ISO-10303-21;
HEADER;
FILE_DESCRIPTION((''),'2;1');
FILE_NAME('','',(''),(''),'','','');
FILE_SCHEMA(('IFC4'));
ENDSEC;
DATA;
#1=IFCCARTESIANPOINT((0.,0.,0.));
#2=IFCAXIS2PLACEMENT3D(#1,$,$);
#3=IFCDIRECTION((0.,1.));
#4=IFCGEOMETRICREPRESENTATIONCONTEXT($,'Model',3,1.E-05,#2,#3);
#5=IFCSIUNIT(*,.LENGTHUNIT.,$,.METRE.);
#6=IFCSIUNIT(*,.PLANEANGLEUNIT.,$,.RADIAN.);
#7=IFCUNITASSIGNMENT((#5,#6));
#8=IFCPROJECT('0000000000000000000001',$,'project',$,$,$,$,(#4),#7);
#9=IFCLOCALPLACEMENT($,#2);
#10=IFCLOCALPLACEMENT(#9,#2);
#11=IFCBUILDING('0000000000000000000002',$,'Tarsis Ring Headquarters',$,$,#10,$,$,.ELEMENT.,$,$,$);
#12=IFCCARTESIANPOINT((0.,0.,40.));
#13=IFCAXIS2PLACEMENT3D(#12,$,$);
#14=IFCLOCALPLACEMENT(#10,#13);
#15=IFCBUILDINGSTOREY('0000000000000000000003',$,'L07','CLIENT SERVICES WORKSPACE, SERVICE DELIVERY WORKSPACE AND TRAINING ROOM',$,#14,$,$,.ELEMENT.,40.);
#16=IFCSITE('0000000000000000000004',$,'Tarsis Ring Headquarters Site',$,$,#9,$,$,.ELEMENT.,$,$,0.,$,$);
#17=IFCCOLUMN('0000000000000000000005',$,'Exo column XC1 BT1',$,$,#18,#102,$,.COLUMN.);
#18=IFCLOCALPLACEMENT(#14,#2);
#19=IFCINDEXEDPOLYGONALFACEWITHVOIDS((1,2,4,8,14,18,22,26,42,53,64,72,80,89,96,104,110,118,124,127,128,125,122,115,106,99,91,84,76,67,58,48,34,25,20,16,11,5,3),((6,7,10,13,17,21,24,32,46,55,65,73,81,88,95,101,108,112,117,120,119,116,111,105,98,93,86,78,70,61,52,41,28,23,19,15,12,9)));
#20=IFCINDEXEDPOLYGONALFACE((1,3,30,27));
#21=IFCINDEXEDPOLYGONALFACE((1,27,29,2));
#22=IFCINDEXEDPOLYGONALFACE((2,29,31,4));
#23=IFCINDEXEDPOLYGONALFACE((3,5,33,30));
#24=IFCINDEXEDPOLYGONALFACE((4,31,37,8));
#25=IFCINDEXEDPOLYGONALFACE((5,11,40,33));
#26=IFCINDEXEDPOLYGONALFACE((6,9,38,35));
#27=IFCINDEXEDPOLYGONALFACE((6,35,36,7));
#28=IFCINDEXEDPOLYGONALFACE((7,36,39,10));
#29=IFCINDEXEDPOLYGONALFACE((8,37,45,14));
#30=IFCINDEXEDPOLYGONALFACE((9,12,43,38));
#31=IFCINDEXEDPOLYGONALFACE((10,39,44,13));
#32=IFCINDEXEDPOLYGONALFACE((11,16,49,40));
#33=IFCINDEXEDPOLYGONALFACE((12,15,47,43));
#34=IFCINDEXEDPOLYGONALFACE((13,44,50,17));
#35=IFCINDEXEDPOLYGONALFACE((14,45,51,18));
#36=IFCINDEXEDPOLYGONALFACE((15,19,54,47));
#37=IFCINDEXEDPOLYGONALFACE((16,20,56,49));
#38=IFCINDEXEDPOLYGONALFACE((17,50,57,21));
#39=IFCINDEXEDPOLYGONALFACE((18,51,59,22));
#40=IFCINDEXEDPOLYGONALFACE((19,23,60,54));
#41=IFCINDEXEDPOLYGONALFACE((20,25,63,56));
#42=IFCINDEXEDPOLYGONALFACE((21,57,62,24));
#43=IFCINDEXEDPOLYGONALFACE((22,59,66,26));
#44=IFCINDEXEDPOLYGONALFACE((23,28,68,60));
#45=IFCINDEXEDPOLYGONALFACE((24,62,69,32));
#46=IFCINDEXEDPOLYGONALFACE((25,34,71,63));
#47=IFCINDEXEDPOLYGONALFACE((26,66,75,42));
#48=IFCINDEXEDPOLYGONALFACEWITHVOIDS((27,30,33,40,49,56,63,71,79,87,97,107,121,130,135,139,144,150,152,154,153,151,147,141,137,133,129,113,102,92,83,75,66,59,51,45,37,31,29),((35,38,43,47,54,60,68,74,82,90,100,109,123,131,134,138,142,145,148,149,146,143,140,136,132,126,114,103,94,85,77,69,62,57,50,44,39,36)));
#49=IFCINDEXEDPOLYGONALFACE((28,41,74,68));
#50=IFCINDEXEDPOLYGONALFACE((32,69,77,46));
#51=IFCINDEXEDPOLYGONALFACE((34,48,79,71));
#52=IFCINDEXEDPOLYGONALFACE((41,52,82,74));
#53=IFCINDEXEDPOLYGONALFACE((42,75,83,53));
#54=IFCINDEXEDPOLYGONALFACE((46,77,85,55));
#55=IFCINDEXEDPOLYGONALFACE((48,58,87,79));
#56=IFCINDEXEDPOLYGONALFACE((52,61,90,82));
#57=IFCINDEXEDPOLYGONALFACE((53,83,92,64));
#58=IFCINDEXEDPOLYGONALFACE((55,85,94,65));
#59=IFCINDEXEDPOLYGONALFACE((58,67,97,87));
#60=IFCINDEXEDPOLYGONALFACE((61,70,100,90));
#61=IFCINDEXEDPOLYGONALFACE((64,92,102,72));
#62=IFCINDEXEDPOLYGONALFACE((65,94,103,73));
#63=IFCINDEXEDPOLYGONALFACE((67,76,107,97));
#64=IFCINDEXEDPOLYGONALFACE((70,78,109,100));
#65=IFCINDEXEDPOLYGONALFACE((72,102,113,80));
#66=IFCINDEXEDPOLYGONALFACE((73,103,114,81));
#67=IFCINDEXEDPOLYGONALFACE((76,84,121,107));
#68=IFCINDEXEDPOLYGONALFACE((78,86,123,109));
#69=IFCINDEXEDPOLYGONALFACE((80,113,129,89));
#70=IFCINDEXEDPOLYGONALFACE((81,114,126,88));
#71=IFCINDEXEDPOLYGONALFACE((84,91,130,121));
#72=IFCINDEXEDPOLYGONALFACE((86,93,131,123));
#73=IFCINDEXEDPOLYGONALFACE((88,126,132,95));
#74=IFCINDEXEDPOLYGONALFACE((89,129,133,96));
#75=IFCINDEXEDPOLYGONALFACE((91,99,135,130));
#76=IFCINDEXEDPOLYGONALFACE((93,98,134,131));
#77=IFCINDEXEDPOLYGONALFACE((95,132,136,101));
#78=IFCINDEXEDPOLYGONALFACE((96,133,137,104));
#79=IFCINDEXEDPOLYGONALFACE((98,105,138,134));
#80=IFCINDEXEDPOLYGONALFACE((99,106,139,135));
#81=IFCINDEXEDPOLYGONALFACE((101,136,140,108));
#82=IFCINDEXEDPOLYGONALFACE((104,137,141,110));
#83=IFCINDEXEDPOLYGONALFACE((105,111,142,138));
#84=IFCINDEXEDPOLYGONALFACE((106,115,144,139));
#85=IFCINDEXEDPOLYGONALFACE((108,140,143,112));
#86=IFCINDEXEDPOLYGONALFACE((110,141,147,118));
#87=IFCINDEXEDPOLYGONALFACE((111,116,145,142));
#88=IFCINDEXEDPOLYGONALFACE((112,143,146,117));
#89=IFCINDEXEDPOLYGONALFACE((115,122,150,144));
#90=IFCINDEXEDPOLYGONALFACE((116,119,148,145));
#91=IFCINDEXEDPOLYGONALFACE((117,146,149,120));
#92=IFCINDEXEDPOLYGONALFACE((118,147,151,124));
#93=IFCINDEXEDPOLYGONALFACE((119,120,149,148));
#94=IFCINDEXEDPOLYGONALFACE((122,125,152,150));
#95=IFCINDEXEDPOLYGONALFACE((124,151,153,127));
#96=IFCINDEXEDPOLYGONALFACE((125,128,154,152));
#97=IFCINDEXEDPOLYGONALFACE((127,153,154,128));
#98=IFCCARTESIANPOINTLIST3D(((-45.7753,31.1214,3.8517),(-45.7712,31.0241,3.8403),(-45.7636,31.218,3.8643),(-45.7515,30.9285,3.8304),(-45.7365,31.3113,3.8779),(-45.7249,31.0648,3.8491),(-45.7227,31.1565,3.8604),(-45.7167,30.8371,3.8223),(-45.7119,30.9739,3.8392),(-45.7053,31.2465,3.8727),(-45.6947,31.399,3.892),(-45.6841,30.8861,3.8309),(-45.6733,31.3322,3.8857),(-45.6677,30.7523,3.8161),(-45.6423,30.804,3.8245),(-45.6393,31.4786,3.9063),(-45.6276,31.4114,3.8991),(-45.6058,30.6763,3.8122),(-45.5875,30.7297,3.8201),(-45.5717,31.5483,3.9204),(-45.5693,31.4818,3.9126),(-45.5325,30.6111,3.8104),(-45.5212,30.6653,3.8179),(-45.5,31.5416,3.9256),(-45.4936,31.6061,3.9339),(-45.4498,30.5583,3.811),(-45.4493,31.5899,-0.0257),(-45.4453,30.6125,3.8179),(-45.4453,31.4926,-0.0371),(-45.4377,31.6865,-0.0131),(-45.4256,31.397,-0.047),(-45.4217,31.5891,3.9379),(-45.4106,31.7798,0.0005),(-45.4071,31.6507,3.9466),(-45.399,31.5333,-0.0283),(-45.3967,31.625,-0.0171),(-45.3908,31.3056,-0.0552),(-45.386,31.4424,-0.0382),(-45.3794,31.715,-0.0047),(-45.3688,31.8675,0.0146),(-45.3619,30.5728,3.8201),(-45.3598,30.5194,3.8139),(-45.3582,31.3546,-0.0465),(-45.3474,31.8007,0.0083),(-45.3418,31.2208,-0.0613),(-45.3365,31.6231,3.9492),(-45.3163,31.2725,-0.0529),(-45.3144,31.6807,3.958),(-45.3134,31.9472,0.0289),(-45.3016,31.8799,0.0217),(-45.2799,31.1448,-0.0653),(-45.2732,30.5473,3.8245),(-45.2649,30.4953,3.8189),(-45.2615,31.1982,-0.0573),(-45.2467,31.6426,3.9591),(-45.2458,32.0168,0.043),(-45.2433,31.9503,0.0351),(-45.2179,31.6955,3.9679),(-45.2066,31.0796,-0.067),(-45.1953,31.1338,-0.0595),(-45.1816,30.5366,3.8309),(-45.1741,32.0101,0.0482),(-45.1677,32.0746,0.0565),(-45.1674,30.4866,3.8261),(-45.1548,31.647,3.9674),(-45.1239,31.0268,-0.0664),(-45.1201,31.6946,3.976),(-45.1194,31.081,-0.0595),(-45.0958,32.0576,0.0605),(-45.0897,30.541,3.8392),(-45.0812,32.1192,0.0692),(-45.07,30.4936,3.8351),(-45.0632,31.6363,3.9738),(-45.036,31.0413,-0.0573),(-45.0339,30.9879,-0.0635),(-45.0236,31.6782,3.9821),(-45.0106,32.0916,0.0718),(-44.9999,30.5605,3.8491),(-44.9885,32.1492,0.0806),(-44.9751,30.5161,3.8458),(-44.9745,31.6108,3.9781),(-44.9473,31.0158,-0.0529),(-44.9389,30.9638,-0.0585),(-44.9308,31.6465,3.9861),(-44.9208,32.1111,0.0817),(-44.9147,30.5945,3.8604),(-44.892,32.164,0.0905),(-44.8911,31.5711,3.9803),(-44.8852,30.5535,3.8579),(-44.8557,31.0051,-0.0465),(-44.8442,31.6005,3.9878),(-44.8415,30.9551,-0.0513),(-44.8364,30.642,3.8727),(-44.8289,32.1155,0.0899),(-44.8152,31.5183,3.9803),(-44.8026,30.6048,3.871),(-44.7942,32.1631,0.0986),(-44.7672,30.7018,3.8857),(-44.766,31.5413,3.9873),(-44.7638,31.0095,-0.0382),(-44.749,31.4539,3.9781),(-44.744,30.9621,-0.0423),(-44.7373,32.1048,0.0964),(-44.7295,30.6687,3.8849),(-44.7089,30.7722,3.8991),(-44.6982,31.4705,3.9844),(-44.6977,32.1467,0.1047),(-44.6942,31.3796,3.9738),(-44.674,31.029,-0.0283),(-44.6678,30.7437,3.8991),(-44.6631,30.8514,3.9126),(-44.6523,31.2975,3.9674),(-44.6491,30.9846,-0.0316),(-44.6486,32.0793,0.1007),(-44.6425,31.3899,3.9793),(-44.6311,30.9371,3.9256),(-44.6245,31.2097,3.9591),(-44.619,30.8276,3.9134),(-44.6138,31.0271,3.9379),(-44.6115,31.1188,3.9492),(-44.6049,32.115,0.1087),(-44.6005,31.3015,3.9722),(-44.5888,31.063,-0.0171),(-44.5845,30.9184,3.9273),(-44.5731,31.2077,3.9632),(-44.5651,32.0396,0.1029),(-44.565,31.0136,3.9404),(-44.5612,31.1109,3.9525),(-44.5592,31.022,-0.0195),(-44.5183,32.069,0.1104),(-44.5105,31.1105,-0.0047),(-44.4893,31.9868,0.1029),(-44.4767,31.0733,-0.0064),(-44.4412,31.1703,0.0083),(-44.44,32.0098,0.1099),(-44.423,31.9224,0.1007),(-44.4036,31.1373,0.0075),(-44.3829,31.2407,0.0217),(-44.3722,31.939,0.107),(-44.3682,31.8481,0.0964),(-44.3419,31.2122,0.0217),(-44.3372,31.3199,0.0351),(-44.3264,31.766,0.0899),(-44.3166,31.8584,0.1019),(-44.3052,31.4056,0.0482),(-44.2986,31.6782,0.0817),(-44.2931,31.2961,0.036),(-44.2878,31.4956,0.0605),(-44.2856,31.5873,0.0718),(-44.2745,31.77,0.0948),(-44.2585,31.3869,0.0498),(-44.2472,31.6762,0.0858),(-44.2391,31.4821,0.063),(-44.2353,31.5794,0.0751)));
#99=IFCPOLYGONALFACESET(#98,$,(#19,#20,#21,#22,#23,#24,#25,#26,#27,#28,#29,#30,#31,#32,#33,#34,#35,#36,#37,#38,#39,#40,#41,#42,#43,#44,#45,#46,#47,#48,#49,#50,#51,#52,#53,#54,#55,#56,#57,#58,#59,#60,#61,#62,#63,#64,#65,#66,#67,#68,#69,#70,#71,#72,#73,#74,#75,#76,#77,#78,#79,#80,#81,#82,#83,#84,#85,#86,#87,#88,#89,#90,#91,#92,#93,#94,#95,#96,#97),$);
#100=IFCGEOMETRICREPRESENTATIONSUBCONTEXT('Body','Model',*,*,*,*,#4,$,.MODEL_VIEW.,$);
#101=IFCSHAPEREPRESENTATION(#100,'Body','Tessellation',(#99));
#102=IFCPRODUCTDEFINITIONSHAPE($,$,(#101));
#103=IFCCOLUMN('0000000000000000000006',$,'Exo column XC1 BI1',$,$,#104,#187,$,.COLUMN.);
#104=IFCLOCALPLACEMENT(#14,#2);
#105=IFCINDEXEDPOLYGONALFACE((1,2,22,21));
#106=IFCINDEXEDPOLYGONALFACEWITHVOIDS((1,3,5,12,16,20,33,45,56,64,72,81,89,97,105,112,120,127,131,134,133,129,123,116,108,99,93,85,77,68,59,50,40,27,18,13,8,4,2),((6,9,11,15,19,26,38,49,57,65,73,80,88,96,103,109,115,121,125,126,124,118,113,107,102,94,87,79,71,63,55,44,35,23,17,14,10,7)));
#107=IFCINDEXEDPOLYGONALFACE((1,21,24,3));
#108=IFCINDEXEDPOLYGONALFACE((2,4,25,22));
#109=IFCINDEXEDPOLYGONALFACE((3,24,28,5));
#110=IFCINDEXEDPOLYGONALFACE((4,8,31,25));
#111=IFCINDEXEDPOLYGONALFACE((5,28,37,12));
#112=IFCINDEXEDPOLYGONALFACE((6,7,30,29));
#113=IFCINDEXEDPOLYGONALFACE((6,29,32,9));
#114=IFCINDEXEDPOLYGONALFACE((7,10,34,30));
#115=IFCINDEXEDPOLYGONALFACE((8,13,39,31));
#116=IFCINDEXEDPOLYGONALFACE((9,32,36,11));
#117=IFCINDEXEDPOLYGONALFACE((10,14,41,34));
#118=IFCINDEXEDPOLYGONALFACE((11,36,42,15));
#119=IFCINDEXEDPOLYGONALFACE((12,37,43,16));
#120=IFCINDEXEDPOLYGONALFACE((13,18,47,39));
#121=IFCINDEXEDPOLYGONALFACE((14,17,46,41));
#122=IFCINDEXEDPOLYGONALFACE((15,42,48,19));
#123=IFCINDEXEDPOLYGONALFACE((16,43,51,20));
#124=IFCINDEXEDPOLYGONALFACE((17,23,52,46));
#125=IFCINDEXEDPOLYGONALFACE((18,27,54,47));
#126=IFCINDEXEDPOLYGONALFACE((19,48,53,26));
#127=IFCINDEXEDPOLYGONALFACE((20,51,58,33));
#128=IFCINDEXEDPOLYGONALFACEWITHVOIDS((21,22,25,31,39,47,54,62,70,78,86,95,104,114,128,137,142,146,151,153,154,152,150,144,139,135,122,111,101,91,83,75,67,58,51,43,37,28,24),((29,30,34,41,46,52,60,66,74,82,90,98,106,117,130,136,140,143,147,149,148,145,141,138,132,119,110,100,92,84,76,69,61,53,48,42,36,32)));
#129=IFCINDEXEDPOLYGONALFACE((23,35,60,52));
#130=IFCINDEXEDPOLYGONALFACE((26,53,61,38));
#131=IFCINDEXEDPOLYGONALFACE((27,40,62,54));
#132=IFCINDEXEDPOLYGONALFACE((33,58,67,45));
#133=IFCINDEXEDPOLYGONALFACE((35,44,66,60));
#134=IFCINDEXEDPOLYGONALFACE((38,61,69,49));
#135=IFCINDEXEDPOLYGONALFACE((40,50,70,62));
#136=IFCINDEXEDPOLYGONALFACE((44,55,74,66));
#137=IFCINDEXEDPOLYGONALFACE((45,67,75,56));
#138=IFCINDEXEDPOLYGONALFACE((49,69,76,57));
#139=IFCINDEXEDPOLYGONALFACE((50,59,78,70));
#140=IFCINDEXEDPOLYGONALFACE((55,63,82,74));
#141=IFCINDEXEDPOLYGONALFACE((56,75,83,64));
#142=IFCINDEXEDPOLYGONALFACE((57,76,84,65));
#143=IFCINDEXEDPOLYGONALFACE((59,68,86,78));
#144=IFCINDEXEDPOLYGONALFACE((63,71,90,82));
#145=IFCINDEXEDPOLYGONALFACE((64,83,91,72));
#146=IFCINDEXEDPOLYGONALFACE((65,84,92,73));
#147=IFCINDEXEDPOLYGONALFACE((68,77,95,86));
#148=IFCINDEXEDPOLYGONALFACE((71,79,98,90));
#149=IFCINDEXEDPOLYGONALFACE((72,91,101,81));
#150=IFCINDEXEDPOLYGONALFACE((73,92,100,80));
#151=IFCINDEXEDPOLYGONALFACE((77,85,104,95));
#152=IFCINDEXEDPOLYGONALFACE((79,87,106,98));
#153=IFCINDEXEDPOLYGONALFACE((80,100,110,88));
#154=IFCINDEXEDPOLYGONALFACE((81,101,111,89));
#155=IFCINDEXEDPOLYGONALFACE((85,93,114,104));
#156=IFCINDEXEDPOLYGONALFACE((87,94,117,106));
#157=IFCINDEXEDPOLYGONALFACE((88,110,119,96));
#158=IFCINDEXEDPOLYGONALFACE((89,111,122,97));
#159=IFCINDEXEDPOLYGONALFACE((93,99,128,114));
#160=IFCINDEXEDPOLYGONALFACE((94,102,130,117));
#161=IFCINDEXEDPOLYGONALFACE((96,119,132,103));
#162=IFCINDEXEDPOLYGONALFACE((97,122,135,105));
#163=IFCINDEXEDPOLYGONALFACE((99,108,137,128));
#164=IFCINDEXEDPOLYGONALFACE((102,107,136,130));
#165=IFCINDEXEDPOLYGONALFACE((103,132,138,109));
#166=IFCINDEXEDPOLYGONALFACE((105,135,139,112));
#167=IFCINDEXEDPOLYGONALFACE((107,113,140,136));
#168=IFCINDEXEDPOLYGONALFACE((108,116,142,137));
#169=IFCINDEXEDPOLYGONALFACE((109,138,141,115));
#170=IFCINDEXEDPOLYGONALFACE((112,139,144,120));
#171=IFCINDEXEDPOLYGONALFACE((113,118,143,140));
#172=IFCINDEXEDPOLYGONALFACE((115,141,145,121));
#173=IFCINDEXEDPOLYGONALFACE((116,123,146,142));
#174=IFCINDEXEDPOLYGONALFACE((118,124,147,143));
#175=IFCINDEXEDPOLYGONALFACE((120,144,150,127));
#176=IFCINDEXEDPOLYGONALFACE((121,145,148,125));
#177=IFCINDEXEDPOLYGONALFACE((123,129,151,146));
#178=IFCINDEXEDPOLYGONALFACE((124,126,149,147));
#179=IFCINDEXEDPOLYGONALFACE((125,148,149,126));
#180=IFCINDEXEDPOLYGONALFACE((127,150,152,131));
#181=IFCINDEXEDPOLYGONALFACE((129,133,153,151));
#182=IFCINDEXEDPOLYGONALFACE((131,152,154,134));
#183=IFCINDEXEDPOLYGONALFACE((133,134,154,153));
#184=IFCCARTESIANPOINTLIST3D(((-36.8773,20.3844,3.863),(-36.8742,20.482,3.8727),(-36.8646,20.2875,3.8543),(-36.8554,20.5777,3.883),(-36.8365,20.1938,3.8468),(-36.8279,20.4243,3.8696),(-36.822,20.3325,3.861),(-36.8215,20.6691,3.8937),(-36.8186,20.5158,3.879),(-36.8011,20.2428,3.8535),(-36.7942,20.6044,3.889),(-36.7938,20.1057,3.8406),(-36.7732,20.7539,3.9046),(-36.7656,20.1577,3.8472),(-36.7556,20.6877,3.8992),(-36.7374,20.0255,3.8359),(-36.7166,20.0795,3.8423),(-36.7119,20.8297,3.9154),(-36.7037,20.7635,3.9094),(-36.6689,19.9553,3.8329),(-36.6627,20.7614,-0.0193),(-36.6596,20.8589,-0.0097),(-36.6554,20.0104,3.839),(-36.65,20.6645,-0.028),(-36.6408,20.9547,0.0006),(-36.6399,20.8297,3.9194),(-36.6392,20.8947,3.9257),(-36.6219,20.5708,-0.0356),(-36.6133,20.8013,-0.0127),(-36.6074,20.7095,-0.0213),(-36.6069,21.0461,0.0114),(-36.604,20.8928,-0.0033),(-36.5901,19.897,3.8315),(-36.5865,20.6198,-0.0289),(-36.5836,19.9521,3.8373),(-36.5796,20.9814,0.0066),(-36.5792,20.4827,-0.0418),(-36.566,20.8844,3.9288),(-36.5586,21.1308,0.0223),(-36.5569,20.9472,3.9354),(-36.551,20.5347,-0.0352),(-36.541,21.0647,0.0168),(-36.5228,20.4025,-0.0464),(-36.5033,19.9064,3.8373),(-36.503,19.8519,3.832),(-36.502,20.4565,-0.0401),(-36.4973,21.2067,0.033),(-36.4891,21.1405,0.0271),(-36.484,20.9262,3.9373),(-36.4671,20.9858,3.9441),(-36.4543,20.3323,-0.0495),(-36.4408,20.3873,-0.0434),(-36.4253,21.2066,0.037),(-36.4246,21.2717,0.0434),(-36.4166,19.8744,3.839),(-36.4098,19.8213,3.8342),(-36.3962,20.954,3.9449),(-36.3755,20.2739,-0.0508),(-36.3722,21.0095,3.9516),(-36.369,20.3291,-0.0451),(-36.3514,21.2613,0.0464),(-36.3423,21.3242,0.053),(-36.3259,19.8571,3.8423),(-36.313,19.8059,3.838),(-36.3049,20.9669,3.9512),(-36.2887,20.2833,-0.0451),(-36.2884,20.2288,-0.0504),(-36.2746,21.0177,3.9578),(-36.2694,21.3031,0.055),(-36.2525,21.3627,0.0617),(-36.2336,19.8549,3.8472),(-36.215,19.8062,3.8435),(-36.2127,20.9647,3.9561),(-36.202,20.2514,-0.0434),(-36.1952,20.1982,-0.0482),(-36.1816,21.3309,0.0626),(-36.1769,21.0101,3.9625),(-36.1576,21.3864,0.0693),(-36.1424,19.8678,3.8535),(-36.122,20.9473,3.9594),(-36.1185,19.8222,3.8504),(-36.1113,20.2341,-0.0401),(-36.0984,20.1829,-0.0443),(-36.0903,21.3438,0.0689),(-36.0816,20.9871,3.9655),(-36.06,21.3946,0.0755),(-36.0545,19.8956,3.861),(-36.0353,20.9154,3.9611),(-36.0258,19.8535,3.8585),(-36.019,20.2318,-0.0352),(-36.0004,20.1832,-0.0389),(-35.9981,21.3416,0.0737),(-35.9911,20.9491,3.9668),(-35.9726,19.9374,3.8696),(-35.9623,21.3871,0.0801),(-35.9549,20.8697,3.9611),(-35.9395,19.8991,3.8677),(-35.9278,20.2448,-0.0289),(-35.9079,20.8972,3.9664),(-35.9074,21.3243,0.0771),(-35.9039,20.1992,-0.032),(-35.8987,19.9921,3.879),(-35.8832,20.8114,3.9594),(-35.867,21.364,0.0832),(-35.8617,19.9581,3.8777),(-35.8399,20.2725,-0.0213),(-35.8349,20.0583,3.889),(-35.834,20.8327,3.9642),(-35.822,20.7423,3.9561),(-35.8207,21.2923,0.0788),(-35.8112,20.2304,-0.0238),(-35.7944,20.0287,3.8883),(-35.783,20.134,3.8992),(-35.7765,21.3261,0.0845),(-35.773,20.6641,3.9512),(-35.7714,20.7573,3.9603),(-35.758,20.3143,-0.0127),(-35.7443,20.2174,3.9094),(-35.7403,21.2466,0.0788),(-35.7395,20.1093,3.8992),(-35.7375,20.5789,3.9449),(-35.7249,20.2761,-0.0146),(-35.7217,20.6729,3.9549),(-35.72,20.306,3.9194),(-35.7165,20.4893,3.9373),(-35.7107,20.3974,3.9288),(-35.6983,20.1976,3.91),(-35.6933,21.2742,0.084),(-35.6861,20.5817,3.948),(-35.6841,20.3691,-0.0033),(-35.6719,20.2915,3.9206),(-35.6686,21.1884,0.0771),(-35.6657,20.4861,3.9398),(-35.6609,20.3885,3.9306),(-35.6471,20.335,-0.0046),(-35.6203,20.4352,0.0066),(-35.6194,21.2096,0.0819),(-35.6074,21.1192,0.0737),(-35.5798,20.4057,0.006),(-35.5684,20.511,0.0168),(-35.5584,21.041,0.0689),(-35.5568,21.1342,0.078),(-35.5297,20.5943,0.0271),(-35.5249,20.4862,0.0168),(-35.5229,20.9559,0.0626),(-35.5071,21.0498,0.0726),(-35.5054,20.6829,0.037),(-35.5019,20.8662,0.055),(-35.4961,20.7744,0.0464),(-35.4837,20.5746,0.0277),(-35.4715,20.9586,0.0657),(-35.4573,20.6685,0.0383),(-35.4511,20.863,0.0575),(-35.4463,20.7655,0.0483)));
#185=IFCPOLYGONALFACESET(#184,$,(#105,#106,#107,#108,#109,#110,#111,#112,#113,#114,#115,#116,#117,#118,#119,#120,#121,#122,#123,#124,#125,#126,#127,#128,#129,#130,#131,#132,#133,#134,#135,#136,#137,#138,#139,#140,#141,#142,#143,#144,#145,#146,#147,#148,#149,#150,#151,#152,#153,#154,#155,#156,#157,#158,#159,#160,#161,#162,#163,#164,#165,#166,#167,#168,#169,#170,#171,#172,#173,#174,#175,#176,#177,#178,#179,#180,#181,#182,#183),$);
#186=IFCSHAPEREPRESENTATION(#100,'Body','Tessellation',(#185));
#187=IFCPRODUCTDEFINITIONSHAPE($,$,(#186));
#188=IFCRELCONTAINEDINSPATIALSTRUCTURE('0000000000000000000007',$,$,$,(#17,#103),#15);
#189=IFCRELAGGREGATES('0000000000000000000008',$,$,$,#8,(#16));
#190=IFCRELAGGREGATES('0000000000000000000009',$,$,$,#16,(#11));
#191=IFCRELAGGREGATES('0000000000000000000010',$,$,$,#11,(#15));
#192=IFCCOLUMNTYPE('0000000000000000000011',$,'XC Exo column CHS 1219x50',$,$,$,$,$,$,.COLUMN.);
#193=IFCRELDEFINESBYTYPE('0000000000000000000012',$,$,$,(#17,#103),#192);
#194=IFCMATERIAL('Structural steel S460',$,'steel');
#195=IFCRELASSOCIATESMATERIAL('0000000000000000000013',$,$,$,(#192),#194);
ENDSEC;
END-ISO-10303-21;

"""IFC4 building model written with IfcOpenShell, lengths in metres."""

from ifc_helpers import new_model, si_unit, direction, frame, origin, origin_2d, place, context, subcontext, project, spatial, hollow_circle, extrude, material, material_profile, profile_set, type_object, element, save


model = new_model("IFC4")

# Units and contexts
model_context = context("Model", 3, precision=1e-05, world=origin(), true_north=direction((0.0, 1.0)))
body_context = subcontext(model_context, "Body", "Model", "MODEL_VIEW")
ifc_project = project(units=[si_unit("LENGTHUNIT", "METRE"), si_unit("PLANEANGLEUNIT", "RADIAN")], contexts=[model_context])

# Site, building, storey
site_placement = place(None, origin())
site = spatial("IfcSite", under=ifc_project, at=site_placement, Name="Tarsis Ring Headquarters Site", CompositionType="ELEMENT", RefElevation=0.0)
building_placement = place(site_placement, origin())
building = spatial("IfcBuilding", under=site, at=building_placement, Name="Tarsis Ring Headquarters", CompositionType="ELEMENT")
storey_placement = place(building_placement, frame((0.0, 0.0, 40.0)))
storey = spatial("IfcBuildingStorey", under=building, at=storey_placement, Name="L07", Description="CLIENT SERVICES WORKSPACE, SERVICE DELIVERY WORKSPACE AND TRAINING ROOM", CompositionType="ELEMENT", Elevation=40.0)

# Columns
ifc_material_1 = material(Name="Structural steel S460", Category="steel")
ifc_material_profile_1 = material_profile(ifc_material_1, hollow_circle(Radius=0.6096, WallThickness=0.05, at=origin_2d()), Name="CHS 1219x50")
ifc_profile_set_1 = profile_set([ifc_material_profile_1], Name="Structural steel S460")
column_type = type_object("IfcColumnType", Name="XC Exo column CHS 1219x50", PredefinedType="COLUMN", material=ifc_profile_set_1)
column_1_placement = place(storey_placement, frame((-44.8423, 31.5603, 0.0217), z_axis=(-0.083161, -0.119541, 0.98934), x_axis=(0.820896, -0.571077, 0.0)))
element("IfcColumn", 1, at=column_1_placement, inside=storey, type_object=column_type, Name="Exo column XC1 BT1", PredefinedType="COLUMN", context=body_context, shape_type="SweptSolid", body=[
    extrude(hollow_circle(Radius=0.6096, WallThickness=0.05, at=origin_2d()), origin(), (0.0, 0.0, 1.0), 3.9192),
])
column_2_placement = place(storey_placement, frame((-36.0547, 20.7878, 0.0168), z_axis=(-0.054934, -0.096494, 0.993816), x_axis=(0.869039, -0.494744, 0.0)))
element("IfcColumn", 2, at=column_2_placement, inside=storey, type_object=column_type, Name="Exo column XC1 BI1", PredefinedType="COLUMN", context=body_context, shape_type="SweptSolid", body=[
    extrude(hollow_circle(Radius=0.6096, WallThickness=0.05, at=origin_2d()), origin(), (0.0, 0.0, 1.0), 3.9065),
])

save(model, "model.ifc")
